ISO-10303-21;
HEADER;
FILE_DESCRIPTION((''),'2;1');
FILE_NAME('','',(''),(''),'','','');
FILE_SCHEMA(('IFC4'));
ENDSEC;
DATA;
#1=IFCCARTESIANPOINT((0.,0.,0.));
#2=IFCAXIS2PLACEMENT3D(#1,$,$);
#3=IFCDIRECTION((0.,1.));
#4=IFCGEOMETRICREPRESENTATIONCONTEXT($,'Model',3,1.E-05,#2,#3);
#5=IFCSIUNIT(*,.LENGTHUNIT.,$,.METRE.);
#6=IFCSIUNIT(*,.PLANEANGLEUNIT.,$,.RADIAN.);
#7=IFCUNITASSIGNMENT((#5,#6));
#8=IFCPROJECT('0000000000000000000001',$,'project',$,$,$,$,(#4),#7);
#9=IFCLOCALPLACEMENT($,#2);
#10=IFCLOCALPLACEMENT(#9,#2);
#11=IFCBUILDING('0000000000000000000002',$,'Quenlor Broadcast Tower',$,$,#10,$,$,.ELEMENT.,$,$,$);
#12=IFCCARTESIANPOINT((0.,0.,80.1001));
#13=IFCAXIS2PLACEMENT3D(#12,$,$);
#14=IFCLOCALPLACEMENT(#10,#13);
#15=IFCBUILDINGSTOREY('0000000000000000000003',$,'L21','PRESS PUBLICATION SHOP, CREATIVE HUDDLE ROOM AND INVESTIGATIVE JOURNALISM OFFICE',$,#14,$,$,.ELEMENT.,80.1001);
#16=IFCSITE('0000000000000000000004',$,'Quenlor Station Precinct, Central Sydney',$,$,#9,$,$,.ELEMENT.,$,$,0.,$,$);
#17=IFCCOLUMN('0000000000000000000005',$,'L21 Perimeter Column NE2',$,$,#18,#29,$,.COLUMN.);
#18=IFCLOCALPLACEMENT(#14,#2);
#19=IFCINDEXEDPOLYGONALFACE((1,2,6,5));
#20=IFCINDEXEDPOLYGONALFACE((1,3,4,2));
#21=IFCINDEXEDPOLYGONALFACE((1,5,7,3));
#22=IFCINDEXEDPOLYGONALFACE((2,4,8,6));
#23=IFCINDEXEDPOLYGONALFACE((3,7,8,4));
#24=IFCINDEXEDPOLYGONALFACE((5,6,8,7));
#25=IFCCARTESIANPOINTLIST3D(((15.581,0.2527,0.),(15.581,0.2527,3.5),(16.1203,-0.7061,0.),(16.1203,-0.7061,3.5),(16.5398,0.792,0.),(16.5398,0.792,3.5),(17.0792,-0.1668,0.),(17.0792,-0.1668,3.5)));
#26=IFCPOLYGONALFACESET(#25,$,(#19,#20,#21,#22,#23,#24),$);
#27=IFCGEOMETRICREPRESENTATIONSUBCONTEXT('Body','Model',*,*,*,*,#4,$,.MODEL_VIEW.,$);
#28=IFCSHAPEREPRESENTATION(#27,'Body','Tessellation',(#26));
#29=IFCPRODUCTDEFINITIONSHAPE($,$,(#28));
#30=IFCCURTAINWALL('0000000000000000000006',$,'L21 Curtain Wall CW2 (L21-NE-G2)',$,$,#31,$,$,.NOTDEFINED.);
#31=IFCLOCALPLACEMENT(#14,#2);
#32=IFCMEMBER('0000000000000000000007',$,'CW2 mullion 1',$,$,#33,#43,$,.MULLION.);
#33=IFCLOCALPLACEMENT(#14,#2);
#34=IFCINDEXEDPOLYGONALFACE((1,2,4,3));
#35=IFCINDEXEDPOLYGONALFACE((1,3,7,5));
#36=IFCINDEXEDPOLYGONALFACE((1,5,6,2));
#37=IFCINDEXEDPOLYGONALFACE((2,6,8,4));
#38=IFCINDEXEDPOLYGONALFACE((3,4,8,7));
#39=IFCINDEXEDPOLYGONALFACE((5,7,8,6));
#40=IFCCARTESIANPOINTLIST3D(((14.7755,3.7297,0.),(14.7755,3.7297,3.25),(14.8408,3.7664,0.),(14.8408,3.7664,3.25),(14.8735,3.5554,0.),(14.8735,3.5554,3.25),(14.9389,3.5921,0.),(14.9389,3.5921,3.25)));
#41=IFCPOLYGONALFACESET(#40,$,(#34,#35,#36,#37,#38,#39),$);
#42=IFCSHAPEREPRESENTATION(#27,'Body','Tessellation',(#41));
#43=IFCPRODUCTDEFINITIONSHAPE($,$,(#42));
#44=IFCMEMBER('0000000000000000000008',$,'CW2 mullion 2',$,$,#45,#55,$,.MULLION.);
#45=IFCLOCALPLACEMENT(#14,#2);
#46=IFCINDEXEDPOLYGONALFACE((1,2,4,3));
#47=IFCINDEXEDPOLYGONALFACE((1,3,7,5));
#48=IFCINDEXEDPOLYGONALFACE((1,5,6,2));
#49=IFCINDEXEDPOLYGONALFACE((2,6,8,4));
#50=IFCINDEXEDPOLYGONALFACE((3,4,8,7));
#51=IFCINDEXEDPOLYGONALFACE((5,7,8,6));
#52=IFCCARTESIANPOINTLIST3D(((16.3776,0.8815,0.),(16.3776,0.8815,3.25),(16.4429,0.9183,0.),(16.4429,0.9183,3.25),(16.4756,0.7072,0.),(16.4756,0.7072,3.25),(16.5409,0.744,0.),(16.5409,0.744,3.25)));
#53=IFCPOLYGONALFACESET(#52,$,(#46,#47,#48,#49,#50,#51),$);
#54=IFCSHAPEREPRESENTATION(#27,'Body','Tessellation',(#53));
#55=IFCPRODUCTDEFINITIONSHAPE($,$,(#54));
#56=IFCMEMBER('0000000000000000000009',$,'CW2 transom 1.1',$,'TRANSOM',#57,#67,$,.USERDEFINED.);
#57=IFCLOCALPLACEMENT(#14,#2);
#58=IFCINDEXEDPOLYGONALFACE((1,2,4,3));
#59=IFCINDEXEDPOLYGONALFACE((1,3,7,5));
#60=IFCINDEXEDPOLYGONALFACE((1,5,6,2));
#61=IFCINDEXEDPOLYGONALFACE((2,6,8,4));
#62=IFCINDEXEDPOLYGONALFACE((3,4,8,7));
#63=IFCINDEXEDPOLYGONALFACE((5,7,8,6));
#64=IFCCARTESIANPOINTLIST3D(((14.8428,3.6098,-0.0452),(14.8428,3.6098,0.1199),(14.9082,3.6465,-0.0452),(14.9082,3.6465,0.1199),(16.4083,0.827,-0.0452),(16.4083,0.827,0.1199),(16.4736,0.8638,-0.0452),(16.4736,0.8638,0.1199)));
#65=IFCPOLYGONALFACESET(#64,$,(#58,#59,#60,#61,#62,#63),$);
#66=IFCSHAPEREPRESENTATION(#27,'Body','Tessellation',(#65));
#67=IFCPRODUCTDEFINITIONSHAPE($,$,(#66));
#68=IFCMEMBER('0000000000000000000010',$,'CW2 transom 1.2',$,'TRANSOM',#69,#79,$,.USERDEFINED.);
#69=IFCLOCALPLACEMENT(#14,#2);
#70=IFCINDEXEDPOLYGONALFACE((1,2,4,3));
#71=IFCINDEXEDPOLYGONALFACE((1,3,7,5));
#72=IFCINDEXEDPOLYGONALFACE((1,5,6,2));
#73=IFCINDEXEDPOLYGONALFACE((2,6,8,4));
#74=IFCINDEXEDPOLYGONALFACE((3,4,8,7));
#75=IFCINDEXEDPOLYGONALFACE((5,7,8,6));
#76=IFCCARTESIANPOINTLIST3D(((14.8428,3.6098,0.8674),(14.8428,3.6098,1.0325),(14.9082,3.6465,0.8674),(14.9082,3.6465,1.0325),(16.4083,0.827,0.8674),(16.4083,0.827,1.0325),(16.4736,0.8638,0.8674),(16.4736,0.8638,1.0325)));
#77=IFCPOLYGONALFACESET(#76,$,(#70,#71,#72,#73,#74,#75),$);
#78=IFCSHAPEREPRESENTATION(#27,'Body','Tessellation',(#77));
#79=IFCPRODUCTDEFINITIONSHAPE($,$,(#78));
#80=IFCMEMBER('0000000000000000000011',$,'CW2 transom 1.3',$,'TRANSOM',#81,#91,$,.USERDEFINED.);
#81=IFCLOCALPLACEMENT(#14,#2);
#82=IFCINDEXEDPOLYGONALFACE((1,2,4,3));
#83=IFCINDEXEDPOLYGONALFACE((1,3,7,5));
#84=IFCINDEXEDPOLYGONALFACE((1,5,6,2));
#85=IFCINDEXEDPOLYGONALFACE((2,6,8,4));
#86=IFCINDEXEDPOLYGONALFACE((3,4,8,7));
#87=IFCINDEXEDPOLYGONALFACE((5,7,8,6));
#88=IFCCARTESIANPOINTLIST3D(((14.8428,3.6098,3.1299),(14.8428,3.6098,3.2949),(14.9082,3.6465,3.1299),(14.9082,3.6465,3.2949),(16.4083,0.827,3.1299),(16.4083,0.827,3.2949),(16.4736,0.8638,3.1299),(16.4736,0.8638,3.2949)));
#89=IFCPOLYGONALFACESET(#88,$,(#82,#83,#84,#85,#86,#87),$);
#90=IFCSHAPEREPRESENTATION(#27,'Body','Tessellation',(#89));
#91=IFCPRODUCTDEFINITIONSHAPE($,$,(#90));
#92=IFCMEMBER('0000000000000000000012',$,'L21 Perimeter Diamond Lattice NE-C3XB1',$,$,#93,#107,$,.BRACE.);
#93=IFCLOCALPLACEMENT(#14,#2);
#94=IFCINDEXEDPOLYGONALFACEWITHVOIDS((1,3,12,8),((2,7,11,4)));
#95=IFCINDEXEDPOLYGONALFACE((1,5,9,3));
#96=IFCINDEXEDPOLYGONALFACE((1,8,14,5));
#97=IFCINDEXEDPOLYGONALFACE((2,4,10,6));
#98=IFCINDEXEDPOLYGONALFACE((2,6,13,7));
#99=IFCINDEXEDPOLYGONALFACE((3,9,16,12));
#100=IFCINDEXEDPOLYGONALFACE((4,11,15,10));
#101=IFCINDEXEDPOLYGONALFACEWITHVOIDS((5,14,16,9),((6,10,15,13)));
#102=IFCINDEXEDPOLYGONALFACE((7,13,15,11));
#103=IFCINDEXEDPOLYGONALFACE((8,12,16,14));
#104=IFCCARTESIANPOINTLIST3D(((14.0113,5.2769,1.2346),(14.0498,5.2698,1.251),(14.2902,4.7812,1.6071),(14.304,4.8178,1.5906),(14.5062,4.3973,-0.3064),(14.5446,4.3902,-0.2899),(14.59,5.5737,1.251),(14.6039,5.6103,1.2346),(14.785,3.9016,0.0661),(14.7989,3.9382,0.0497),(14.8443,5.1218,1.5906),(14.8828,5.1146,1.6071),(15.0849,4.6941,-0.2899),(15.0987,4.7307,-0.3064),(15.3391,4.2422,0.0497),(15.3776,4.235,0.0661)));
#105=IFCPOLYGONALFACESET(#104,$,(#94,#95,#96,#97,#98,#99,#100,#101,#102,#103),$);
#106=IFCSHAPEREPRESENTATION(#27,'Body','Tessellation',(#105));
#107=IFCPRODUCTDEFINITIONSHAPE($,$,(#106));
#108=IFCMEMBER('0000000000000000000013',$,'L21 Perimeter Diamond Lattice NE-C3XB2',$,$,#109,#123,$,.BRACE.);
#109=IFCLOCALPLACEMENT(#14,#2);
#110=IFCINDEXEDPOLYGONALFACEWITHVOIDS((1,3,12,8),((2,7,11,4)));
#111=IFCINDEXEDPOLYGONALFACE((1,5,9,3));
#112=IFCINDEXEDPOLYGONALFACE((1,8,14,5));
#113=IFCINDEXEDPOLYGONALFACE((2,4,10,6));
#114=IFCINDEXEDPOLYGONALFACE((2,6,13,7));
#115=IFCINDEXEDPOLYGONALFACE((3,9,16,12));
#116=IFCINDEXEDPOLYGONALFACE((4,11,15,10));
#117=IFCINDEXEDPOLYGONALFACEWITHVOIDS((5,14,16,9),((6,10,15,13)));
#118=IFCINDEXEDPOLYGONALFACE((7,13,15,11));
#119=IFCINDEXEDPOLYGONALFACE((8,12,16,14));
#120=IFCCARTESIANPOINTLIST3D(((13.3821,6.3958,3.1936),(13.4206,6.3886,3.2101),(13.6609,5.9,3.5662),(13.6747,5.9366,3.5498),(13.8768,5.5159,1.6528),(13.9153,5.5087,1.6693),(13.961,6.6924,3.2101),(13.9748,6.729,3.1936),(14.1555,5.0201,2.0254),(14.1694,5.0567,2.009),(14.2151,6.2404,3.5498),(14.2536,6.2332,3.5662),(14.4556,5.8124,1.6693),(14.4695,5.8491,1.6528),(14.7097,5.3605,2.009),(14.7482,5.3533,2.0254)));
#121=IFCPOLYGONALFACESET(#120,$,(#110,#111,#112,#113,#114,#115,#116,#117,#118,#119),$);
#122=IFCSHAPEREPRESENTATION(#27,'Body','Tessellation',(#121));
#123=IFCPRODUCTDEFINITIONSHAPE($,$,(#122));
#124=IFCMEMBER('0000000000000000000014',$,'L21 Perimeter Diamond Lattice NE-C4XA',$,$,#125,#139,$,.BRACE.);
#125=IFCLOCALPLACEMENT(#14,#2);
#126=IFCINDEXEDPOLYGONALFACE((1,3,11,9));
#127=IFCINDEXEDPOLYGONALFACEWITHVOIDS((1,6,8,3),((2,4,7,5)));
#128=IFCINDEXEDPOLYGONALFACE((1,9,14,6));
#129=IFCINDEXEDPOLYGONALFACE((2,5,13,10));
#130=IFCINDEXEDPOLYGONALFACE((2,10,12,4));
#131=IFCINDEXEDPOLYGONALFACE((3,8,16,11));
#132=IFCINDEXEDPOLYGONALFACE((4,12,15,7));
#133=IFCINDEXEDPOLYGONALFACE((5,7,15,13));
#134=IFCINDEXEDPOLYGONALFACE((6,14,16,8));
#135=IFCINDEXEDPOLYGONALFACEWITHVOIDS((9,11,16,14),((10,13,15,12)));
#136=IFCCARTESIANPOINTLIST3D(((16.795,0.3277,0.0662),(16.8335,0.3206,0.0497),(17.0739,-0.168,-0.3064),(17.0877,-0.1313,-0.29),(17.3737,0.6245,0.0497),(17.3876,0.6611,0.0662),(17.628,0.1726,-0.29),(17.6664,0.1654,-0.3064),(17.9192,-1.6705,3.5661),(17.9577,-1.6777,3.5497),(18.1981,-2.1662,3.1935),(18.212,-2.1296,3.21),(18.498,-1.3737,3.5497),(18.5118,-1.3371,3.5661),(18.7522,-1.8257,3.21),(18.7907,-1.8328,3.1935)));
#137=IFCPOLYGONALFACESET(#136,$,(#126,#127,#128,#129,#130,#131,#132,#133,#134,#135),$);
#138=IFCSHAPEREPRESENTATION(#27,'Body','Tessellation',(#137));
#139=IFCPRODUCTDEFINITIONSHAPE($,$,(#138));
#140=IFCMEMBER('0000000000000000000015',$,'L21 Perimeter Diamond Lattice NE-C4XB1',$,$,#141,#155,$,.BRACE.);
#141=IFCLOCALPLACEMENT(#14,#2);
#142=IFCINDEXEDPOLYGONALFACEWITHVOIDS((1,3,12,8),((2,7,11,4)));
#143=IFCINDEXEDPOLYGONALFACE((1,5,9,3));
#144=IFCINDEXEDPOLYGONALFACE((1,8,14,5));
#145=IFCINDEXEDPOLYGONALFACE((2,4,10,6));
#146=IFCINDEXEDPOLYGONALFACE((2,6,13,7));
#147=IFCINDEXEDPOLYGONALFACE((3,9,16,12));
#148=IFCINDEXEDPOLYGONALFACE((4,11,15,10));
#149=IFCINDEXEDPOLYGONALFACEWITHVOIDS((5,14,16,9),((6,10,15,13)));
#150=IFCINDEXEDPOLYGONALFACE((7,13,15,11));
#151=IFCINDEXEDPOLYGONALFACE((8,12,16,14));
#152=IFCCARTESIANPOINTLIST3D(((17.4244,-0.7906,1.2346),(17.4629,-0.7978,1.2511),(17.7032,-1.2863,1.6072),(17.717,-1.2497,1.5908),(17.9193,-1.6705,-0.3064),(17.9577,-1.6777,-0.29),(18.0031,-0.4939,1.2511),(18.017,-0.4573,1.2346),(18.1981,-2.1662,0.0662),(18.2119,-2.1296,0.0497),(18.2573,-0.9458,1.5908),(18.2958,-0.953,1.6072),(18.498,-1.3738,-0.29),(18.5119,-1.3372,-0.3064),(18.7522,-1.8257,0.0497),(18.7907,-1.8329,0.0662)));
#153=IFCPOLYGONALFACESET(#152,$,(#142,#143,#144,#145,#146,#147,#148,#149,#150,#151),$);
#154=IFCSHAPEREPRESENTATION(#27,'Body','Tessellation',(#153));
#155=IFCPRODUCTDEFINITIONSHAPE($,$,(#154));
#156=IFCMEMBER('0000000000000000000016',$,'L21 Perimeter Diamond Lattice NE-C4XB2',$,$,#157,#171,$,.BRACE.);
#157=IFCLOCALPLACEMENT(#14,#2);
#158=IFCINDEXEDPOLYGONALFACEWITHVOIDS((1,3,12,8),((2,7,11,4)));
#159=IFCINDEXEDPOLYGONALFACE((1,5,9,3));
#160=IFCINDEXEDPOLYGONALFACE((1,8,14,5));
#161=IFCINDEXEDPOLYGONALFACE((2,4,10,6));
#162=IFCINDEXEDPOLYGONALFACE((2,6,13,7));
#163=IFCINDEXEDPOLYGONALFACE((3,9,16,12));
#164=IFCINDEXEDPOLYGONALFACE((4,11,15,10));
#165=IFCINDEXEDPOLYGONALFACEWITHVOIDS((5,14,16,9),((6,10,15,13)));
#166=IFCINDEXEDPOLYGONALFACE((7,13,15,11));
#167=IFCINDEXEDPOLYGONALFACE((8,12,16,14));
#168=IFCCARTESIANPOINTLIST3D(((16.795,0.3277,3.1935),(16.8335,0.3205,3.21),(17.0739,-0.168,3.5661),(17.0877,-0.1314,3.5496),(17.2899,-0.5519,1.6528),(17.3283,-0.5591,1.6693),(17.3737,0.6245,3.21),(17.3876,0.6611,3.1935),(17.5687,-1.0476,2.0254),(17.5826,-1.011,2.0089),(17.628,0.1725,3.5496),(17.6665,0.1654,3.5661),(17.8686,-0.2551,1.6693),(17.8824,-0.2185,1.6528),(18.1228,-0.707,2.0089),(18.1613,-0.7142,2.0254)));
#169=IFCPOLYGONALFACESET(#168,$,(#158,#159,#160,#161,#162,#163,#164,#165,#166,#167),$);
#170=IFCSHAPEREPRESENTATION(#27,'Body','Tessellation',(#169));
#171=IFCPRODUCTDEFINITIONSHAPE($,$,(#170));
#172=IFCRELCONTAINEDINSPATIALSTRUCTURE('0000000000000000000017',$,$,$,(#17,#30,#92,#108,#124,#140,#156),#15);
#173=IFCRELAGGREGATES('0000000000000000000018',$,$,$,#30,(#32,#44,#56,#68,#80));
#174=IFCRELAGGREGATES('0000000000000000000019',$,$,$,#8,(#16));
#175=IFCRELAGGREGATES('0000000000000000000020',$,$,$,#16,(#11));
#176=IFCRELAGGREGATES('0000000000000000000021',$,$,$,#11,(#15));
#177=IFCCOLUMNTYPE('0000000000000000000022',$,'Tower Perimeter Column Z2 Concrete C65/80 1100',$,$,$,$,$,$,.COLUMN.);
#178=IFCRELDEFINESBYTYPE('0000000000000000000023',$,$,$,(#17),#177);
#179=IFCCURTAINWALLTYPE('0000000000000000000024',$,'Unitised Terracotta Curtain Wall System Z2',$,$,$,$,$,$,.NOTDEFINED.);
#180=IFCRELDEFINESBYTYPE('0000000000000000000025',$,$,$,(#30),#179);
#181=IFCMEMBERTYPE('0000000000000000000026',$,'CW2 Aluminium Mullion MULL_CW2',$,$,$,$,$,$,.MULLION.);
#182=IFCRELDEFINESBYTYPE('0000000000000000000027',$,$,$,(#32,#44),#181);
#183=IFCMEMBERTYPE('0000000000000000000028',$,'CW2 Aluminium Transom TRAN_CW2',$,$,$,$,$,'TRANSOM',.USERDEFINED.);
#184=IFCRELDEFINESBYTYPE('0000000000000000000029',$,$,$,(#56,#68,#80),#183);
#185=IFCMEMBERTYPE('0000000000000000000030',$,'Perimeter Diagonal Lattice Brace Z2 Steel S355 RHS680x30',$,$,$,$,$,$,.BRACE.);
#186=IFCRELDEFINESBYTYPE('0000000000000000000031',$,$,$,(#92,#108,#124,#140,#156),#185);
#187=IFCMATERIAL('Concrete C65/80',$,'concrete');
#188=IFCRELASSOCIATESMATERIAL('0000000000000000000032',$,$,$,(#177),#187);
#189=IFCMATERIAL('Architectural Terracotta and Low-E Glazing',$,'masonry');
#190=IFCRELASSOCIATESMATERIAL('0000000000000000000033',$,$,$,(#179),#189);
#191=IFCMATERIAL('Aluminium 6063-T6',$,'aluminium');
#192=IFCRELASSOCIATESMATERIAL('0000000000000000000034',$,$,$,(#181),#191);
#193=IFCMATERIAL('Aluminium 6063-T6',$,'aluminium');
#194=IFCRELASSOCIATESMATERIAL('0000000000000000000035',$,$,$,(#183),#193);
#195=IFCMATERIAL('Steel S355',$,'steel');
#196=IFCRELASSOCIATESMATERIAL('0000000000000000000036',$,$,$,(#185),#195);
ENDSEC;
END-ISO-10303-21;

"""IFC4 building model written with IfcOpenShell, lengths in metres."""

from ifc_helpers import new_model, si_unit, direction, frame, origin, origin_2d, place, context, subcontext, project, spatial, rectangle, hollow_rectangle, extrude, material, material_profile, profile_set, type_object, element, aggregate, save


model = new_model("IFC4")

# Units and contexts
model_context = context("Model", 3, precision=1e-05, world=origin(), true_north=direction((0.0, 1.0)))
body_context = subcontext(model_context, "Body", "Model", "MODEL_VIEW")
ifc_project = project(units=[si_unit("LENGTHUNIT", "METRE"), si_unit("PLANEANGLEUNIT", "RADIAN")], contexts=[model_context])

# Site, building, storey
site_placement = place(None, origin())
site = spatial("IfcSite", under=ifc_project, at=site_placement, Name="Quenlor Station Precinct, Central Sydney", CompositionType="ELEMENT", RefElevation=0.0)
building_placement = place(site_placement, origin())
building = spatial("IfcBuilding", under=site, at=building_placement, Name="Quenlor Broadcast Tower", CompositionType="ELEMENT")
storey_placement = place(building_placement, frame((0.0, 0.0, 80.1001)))
storey = spatial("IfcBuildingStorey", under=building, at=storey_placement, Name="L21", Description="PRESS PUBLICATION SHOP, CREATIVE HUDDLE ROOM AND INVESTIGATIVE JOURNALISM OFFICE", CompositionType="ELEMENT", Elevation=80.1001)

# Column
ifc_material_1 = material(Name="Concrete C65/80", Category="concrete")
ifc_material_profile_1 = material_profile(ifc_material_1, rectangle(XDim=1.1001, YDim=1.1001, at=origin_2d()))
ifc_profile_set_1 = profile_set([ifc_material_profile_1], Name="Concrete C65/80 RC1100x1100")
column_type = type_object("IfcColumnType", Name="Tower Perimeter Column Z2 Concrete C65/80 1100", PredefinedType="COLUMN", material=ifc_profile_set_1)
column_placement = place(storey_placement, frame((16.3301, 0.043, 0.0), z_axis=(0.0, 0.0, 1.0), x_axis=(0.871575, 0.490262, 0.0)))
element("IfcColumn", 1, at=column_placement, inside=storey, type_object=column_type, Name="L21 Perimeter Column NE2", PredefinedType="COLUMN", context=body_context, shape_type="SweptSolid", body=[
    extrude(rectangle(XDim=1.1001, YDim=1.1001, at=origin_2d()), origin(), (0.0, 0.0, 1.0), 3.5),
])

# Curtain wall, members
ifc_material_2 = material(Name="Architectural Terracotta and Low-E Glazing", Category="masonry")
curtain_wall_type = type_object("IfcCurtainWallType", Name="Unitised Terracotta Curtain Wall System Z2", PredefinedType="NOTDEFINED", material=ifc_material_2)
curtain_wall_placement = place(storey_placement, origin())
curtain_wall = element("IfcCurtainWall", 2, at=curtain_wall_placement, inside=storey, type_object=curtain_wall_type, Name="L21 Curtain Wall CW2 (L21-NE-G2)", PredefinedType="NOTDEFINED")
ifc_material_3 = material(Name="Aluminium 6063-T6", Category="aluminium")
ifc_material_profile_2 = material_profile(ifc_material_3, rectangle(XDim=0.075, YDim=0.2, at=origin_2d()))
ifc_profile_set_2 = profile_set([ifc_material_profile_2], Name="Aluminium 6063-T6 MULL75x200")
member_type_1 = type_object("IfcMemberType", Name="CW2 Aluminium Mullion MULL_CW2", PredefinedType="MULLION", material=ifc_profile_set_2)
member_1_placement = place(storey_placement, frame((14.8572, 3.6609, 0.0), z_axis=(0.0, 0.0, 1.0), x_axis=(0.871576, 0.490261, 0.0)))
member_1 = element("IfcMember", 3, at=member_1_placement, type_object=member_type_1, Name="CW2 mullion 1", PredefinedType="MULLION", context=body_context, shape_type="SweptSolid", body=[
    extrude(rectangle(XDim=0.075, YDim=0.2, at=origin_2d()), origin(), (0.0, 0.0, 1.0), 3.25),
])
member_2_placement = place(storey_placement, frame((16.4592, 0.8127, 0.0), z_axis=(0.0, 0.0, 1.0), x_axis=(0.871576, 0.490261, 0.0)))
member_2 = element("IfcMember", 4, at=member_2_placement, type_object=member_type_1, Name="CW2 mullion 2", PredefinedType="MULLION", context=body_context, shape_type="SweptSolid", body=[
    extrude(rectangle(XDim=0.075, YDim=0.2, at=origin_2d()), origin(), (0.0, 0.0, 1.0), 3.25),
])
ifc_material_4 = material(Name="Aluminium 6063-T6", Category="aluminium")
ifc_material_profile_3 = material_profile(ifc_material_4, rectangle(XDim=0.075, YDim=0.165, at=origin_2d()))
ifc_profile_set_3 = profile_set([ifc_material_profile_3], Name="Aluminium 6063-T6 TRAN75x165")
member_type_2 = type_object("IfcMemberType", Name="CW2 Aluminium Transom TRAN_CW2", ElementType="TRANSOM", PredefinedType="USERDEFINED", material=ifc_profile_set_3)
member_3_placement = place(storey_placement, frame((14.8755, 3.6282, 0.0374), z_axis=(0.490298, -0.871555, 0.0), x_axis=(0.871555, 0.490298, 0.0)))
member_3 = element("IfcMember", 5, at=member_3_placement, type_object=member_type_2, Name="CW2 transom 1.1", ObjectType="TRANSOM", PredefinedType="USERDEFINED", context=body_context, shape_type="SweptSolid", body=[
    extrude(rectangle(XDim=0.075, YDim=0.165, at=origin_2d()), origin(), (0.0, 0.0, 1.0), 3.1929),
])
member_4_placement = place(storey_placement, frame((14.8755, 3.6282, 0.95), z_axis=(0.490298, -0.871555, 0.0), x_axis=(0.871555, 0.490298, 0.0)))
member_4 = element("IfcMember", 6, at=member_4_placement, type_object=member_type_2, Name="CW2 transom 1.2", ObjectType="TRANSOM", PredefinedType="USERDEFINED", context=body_context, shape_type="SweptSolid", body=[
    extrude(rectangle(XDim=0.075, YDim=0.165, at=origin_2d()), origin(), (0.0, 0.0, 1.0), 3.1929),
])
member_5_placement = place(storey_placement, frame((14.8755, 3.6282, 3.2124), z_axis=(0.490298, -0.871555, 0.0), x_axis=(0.871555, 0.490298, 0.0)))
member_5 = element("IfcMember", 7, at=member_5_placement, type_object=member_type_2, Name="CW2 transom 1.3", ObjectType="TRANSOM", PredefinedType="USERDEFINED", context=body_context, shape_type="SweptSolid", body=[
    extrude(rectangle(XDim=0.075, YDim=0.165, at=origin_2d()), origin(), (0.0, 0.0, 1.0), 3.1929),
])

# Members
ifc_material_5 = material(Name="Steel S355", Category="steel")
ifc_material_profile_4 = material_profile(ifc_material_5, hollow_rectangle(XDim=0.6799, YDim=0.6799, WallThickness=0.03, at=origin_2d()))
ifc_profile_set_4 = profile_set([ifc_material_profile_4], Name="Steel S355 RHS680x680x30")
member_type_3 = type_object("IfcMemberType", Name="Perimeter Diagonal Lattice Brace Z2 Steel S355 RHS680x30", PredefinedType="BRACE", material=ifc_profile_set_4)
for number, where, z_axis, x_axis, name in (
    (8, (14.9419, 4.3162, -0.1201), (-0.268644, 0.477515, 0.836546), (-0.871543, -0.490319, 0.0), "L21 Perimeter Diamond Lattice NE-C3XB1"),
    (9, (14.3125, 5.4346, 1.8391), (-0.268534, 0.477688, 0.836483), (-0.871705, -0.490032, 0.0), "L21 Perimeter Diamond Lattice NE-C3XB2"),
):
    element("IfcMember", number, at=place(storey_placement, frame(where, z_axis=z_axis, x_axis=x_axis)), inside=storey, type_object=member_type_3, Name=name, PredefinedType="BRACE", context=body_context, shape_type="SweptSolid", body=[
        extrude(hollow_rectangle(XDim=0.6799, YDim=0.6799, WallThickness=0.03, at=origin_2d()), origin(), (0.0, 0.0, 1.0), 1.842),
    ])
member_6_placement = place(storey_placement, frame((17.2307, 0.2466, -0.1201), z_axis=(0.268697, -0.477585, 0.836489), x_axis=(0.871533, 0.490337, 0.0)))
element("IfcMember", 10, at=member_6_placement, inside=storey, type_object=member_type_3, Name="L21 Perimeter Diamond Lattice NE-C4XA", PredefinedType="BRACE", context=body_context, shape_type="SweptSolid", body=[
    extrude(hollow_rectangle(XDim=0.6799, YDim=0.6799, WallThickness=0.03, at=origin_2d()), origin(), (0.0, 0.0, 1.0), 4.1841),
])
member_7_placement = place(storey_placement, frame((18.355, -1.7517, -0.1201), z_axis=(-0.268627, 0.477618, 0.836493), x_axis=(-0.871601, -0.490215, 0.0)))
element("IfcMember", 11, at=member_7_placement, inside=storey, type_object=member_type_3, Name="L21 Perimeter Diamond Lattice NE-C4XB1", PredefinedType="BRACE", context=body_context, shape_type="SweptSolid", body=[
    extrude(hollow_rectangle(XDim=0.6799, YDim=0.6799, WallThickness=0.03, at=origin_2d()), origin(), (0.0, 0.0, 1.0), 1.8423),
])
member_8_placement = place(storey_placement, frame((17.7256, -0.6331, 1.8391), z_axis=(-0.268674, 0.477568, 0.836507), x_axis=(-0.871543, -0.490319, 0.0)))
element("IfcMember", 12, at=member_8_placement, inside=storey, type_object=member_type_3, Name="L21 Perimeter Diamond Lattice NE-C4XB2", PredefinedType="BRACE", context=body_context, shape_type="SweptSolid", body=[
    extrude(hollow_rectangle(XDim=0.6799, YDim=0.6799, WallThickness=0.03, at=origin_2d()), origin(), (0.0, 0.0, 1.0), 1.8418),
])

aggregate(curtain_wall, [member_1, member_2, member_3, member_4, member_5])

save(model, "model.ifc")
